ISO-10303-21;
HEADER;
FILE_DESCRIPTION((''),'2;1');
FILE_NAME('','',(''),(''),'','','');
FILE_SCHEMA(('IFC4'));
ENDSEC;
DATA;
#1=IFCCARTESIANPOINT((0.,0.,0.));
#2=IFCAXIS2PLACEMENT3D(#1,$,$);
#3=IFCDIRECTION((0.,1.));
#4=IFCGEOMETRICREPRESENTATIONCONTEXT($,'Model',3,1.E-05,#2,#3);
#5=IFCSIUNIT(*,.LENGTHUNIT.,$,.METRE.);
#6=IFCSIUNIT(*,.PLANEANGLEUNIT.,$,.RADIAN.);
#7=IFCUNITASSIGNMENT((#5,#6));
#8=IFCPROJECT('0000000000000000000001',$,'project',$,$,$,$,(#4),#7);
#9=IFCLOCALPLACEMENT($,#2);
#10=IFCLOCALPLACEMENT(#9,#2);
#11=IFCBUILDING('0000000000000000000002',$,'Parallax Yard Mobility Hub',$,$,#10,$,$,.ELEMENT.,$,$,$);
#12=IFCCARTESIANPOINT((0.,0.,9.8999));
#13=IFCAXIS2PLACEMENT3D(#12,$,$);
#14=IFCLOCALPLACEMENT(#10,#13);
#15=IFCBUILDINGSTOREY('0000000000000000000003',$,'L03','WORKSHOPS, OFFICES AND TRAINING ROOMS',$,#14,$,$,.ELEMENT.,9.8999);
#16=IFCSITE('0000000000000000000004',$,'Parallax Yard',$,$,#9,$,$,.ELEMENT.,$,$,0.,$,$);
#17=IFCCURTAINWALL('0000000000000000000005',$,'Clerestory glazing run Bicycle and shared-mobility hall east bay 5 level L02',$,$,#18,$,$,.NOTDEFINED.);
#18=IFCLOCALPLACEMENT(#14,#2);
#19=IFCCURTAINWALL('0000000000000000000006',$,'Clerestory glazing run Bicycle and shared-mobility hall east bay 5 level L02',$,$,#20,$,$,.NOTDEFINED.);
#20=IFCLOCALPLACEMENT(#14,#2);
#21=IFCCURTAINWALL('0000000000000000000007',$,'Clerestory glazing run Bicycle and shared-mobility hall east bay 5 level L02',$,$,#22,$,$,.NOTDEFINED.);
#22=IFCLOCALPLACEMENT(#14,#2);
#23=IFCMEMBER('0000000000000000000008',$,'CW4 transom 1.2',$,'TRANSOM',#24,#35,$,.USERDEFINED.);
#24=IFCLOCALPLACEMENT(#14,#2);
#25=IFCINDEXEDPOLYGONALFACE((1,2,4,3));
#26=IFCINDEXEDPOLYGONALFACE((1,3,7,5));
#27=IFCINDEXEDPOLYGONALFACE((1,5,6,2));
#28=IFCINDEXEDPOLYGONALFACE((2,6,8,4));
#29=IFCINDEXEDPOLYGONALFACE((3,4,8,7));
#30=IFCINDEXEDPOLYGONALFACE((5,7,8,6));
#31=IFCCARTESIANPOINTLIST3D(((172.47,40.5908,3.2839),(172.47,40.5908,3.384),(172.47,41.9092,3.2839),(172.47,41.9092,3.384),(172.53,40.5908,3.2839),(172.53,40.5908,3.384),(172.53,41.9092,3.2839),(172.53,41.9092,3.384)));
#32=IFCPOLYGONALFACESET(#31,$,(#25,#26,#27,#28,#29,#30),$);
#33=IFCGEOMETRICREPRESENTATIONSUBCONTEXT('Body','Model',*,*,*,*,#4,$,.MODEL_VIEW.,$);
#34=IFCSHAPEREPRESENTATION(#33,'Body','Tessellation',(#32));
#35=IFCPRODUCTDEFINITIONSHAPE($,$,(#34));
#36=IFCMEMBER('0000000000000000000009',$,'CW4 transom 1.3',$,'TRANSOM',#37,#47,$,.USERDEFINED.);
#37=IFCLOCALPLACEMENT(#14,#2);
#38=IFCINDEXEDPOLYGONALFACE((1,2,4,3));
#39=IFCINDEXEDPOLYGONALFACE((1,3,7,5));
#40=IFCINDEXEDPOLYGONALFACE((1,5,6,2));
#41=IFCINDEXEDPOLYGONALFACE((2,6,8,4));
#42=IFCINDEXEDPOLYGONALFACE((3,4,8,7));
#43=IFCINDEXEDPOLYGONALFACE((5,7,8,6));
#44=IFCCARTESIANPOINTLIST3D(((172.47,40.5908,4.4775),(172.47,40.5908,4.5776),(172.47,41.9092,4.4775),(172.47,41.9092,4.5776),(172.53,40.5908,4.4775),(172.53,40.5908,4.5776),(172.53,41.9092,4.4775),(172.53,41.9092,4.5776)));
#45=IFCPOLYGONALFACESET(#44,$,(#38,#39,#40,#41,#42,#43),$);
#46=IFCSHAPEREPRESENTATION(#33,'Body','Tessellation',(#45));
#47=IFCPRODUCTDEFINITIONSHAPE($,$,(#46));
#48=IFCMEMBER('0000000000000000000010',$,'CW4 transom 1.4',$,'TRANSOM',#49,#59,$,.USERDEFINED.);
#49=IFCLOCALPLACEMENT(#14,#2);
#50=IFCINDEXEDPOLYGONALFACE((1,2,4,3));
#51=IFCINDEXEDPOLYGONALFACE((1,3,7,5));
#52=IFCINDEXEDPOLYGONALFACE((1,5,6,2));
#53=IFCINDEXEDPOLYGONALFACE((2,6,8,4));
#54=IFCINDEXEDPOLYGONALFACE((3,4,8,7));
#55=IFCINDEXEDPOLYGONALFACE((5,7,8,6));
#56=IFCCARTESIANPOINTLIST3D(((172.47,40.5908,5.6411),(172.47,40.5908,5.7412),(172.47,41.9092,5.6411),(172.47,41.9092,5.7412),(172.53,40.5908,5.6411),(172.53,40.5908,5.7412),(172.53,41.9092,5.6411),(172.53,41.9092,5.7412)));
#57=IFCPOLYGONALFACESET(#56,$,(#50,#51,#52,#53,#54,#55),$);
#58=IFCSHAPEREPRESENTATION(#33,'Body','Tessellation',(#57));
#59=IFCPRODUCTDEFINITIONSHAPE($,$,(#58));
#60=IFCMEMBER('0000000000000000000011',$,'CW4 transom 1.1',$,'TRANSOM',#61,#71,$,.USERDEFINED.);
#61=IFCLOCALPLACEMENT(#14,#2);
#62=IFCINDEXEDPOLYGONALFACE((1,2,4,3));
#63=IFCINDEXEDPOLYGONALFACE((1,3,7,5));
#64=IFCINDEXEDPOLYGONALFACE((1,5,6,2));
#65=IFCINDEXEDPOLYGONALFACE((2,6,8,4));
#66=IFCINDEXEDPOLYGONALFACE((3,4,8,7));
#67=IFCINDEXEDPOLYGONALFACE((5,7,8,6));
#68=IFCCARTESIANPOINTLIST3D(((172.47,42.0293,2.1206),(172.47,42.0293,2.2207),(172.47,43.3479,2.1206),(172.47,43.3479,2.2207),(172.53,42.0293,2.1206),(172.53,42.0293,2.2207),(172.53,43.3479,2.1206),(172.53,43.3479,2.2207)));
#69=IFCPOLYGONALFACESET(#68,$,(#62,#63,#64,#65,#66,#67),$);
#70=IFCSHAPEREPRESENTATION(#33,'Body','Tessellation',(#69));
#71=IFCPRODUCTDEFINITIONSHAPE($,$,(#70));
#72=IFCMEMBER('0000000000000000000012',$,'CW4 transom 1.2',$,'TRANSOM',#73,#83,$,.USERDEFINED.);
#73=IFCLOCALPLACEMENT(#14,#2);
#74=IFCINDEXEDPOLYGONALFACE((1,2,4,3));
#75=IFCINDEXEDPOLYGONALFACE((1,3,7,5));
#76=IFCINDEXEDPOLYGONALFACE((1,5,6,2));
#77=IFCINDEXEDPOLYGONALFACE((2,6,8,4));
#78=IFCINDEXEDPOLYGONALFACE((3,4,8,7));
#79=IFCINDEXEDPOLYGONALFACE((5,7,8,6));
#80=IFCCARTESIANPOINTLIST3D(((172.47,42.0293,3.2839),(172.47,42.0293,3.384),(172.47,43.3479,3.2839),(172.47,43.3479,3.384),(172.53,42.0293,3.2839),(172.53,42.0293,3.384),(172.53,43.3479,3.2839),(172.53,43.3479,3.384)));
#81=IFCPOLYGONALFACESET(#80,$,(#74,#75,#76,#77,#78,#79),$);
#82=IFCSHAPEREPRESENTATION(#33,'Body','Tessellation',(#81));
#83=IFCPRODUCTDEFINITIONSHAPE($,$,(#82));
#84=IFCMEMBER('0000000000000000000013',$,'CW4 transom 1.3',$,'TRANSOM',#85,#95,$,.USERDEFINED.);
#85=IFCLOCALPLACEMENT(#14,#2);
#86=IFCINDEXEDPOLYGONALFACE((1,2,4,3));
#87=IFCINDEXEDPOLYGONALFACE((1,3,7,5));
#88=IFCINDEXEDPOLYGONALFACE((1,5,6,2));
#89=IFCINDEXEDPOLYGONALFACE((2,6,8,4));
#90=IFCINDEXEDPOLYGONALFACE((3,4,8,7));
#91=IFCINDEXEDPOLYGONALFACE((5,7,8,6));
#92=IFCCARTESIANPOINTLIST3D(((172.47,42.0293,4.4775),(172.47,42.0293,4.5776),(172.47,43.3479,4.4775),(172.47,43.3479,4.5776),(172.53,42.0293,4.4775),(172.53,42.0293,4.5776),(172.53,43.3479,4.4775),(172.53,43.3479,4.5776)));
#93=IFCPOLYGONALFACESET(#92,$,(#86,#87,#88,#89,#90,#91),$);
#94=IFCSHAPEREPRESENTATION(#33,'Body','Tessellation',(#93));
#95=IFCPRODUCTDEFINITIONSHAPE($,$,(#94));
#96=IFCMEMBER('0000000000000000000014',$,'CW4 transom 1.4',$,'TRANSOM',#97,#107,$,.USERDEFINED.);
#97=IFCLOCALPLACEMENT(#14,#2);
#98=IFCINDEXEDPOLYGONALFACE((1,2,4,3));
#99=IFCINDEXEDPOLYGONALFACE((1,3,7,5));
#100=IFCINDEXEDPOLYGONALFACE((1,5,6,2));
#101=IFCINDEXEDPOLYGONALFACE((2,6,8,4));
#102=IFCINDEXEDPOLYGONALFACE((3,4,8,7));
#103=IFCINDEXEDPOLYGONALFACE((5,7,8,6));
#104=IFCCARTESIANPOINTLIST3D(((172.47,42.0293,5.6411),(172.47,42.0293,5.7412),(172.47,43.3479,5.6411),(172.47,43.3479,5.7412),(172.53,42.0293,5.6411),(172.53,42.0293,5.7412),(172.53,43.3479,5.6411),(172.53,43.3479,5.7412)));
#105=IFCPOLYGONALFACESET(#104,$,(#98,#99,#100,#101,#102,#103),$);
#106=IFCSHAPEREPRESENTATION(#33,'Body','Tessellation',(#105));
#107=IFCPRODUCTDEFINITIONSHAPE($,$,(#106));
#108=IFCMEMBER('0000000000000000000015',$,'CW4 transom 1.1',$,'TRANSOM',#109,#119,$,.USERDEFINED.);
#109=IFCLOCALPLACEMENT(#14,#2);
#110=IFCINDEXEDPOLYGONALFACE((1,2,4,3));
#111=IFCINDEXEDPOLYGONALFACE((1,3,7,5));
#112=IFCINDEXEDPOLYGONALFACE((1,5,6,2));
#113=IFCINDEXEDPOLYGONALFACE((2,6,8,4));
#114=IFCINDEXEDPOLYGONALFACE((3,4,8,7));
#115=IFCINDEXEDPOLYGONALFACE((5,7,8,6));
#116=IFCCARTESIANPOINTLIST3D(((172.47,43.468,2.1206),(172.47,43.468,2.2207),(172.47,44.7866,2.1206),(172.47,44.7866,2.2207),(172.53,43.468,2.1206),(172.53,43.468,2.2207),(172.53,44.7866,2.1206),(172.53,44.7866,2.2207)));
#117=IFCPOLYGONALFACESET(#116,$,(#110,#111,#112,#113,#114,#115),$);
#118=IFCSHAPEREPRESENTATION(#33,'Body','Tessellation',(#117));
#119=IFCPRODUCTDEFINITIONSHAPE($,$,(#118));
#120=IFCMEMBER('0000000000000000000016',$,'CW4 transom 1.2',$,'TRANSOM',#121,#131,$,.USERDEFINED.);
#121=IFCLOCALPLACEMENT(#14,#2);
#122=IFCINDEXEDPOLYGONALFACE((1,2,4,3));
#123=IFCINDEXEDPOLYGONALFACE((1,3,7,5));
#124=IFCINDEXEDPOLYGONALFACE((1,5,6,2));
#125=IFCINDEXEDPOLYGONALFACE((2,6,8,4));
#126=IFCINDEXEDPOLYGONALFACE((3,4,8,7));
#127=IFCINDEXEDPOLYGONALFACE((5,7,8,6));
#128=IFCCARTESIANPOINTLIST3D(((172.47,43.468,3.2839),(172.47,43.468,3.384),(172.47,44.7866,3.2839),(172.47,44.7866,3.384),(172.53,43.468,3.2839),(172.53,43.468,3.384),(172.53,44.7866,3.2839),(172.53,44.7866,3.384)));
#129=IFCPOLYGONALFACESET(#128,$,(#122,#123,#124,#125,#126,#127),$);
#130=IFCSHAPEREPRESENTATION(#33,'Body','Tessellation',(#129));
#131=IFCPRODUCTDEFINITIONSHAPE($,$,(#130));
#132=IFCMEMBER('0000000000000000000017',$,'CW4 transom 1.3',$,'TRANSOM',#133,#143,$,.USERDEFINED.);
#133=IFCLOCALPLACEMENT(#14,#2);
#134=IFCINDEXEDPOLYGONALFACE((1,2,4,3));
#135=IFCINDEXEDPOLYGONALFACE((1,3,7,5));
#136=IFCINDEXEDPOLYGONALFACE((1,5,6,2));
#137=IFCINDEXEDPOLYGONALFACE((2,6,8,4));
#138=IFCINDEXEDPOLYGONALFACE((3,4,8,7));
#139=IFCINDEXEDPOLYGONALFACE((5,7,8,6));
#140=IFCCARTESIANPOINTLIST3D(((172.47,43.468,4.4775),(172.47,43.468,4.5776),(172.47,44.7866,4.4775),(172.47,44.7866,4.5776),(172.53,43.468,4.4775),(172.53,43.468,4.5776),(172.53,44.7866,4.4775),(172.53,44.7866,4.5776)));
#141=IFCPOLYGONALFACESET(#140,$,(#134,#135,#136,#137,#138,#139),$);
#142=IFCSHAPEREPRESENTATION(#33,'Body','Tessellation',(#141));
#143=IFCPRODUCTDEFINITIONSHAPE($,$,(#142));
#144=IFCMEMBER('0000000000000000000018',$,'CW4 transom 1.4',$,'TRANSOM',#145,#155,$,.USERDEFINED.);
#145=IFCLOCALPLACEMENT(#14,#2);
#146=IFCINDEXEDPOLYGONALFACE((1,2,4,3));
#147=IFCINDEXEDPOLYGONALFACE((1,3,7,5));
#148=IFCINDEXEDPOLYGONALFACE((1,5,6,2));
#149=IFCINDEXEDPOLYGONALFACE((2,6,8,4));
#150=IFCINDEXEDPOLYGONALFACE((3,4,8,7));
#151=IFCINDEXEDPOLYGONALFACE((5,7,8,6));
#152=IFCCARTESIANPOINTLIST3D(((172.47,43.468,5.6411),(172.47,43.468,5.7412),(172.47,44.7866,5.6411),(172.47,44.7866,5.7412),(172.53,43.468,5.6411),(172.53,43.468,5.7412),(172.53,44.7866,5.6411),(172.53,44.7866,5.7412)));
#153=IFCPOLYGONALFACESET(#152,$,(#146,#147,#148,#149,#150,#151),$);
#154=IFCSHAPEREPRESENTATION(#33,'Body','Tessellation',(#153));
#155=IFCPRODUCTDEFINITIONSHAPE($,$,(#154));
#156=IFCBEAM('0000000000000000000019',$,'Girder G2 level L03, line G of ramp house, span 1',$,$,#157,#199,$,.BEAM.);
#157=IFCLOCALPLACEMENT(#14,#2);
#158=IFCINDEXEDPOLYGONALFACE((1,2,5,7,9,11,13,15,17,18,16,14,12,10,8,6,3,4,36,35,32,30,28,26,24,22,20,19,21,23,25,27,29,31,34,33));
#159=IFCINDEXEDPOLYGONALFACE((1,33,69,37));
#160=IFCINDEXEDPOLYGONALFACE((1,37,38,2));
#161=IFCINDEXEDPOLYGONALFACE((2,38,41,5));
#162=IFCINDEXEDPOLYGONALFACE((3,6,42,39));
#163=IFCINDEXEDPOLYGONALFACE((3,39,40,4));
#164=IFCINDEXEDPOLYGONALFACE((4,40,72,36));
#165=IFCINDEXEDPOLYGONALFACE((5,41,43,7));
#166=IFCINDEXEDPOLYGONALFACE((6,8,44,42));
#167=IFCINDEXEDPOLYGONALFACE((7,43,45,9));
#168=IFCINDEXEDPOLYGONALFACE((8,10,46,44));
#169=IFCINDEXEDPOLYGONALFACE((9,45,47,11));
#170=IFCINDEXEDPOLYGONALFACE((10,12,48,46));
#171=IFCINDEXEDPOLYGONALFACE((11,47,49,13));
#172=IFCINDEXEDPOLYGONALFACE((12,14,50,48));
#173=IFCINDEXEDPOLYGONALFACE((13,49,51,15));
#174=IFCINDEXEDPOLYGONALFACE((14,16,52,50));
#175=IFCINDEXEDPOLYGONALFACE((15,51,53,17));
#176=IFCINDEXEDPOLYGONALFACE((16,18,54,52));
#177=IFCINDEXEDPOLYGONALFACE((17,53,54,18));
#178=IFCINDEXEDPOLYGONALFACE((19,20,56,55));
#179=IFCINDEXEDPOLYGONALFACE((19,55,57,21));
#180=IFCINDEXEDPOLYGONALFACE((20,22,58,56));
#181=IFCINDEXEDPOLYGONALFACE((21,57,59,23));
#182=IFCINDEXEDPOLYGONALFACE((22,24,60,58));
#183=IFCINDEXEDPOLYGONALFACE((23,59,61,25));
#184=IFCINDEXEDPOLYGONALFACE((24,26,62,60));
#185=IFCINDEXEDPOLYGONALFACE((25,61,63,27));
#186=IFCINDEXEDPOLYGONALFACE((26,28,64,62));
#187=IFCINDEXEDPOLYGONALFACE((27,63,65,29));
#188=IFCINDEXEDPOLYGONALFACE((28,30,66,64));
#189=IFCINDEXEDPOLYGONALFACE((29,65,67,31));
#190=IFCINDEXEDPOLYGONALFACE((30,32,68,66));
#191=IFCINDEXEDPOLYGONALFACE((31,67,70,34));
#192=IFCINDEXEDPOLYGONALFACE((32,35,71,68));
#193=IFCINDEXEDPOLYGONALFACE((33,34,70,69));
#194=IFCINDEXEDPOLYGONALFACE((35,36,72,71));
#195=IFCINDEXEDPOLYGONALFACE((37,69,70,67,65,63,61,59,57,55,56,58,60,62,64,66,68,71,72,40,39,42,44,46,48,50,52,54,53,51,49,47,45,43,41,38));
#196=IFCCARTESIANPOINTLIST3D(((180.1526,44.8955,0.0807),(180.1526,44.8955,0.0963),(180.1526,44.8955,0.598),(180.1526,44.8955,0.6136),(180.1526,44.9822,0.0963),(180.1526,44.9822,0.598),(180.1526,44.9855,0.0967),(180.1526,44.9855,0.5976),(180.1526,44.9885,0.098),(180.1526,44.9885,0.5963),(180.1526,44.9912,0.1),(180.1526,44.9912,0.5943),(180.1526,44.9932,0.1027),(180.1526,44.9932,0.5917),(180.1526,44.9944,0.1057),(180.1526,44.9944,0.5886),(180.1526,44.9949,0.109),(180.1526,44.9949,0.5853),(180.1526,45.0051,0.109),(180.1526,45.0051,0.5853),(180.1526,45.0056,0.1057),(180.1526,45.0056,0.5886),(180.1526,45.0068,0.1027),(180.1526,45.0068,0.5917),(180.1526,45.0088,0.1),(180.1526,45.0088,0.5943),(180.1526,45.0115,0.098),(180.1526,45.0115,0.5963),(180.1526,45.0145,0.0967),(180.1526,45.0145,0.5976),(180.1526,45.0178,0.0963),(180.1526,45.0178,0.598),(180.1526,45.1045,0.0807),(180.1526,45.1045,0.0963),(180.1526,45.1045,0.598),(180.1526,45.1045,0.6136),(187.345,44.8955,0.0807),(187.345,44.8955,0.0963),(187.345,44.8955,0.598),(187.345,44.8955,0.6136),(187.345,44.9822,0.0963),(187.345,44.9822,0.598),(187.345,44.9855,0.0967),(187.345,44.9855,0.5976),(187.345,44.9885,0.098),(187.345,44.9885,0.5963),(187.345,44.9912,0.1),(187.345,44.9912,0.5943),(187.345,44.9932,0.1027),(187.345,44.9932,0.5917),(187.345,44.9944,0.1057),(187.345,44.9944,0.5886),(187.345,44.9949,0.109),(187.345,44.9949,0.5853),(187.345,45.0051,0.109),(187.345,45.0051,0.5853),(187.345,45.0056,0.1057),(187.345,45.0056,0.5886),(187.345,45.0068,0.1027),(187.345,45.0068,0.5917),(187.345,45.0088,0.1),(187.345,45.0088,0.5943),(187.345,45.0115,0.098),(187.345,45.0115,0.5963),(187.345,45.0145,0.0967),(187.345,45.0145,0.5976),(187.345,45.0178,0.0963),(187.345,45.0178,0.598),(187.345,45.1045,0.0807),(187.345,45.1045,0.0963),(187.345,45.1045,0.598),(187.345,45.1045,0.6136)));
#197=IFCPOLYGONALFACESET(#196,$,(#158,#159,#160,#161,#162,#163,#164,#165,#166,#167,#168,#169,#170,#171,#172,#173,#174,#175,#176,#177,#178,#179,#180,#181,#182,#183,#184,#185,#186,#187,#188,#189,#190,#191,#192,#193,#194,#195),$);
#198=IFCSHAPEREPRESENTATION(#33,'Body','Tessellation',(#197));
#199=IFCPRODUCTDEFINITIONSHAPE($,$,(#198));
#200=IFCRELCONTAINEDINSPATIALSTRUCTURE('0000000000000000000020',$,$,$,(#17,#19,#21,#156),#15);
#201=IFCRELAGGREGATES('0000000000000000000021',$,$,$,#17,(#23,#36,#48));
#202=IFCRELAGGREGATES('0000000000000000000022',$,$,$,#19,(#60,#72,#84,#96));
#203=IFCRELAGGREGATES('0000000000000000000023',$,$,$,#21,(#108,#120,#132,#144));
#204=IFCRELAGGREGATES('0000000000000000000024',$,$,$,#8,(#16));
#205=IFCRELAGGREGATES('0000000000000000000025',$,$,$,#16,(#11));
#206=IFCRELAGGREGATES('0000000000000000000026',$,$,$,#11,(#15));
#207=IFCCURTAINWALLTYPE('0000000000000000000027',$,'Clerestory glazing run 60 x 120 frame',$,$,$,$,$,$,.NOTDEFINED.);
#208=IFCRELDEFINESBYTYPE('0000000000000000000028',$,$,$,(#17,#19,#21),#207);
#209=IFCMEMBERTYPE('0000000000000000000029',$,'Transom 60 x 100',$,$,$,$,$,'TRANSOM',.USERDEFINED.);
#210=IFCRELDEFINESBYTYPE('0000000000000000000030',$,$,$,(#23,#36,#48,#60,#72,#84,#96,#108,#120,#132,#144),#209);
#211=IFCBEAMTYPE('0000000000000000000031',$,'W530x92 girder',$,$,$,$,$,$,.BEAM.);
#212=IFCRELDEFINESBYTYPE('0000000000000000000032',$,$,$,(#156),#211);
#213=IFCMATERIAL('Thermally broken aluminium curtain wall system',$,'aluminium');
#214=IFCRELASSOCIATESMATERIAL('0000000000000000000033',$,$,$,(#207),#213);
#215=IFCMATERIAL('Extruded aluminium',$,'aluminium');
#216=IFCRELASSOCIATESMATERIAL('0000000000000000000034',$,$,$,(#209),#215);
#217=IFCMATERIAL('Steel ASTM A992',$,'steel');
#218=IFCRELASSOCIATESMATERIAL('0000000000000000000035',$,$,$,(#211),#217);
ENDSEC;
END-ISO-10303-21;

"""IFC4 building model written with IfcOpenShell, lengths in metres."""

from ifc_helpers import new_model, si_unit, direction, frame, origin, origin_2d, place, context, subcontext, project, spatial, rectangle, i_section, extrude, material, material_profile, profile_set, type_object, element, aggregate, save


model = new_model("IFC4")

# Units and contexts
model_context = context("Model", 3, precision=1e-05, world=origin(), true_north=direction((0.0, 1.0)))
body_context = subcontext(model_context, "Body", "Model", "MODEL_VIEW")
ifc_project = project(units=[si_unit("LENGTHUNIT", "METRE"), si_unit("PLANEANGLEUNIT", "RADIAN")], contexts=[model_context])

# Site, building, storey
site_placement = place(None, origin())
site = spatial("IfcSite", under=ifc_project, at=site_placement, Name="Parallax Yard", CompositionType="ELEMENT", RefElevation=0.0)
building_placement = place(site_placement, origin())
building = spatial("IfcBuilding", under=site, at=building_placement, Name="Parallax Yard Mobility Hub", CompositionType="ELEMENT")
storey_placement = place(building_placement, frame((0.0, 0.0, 9.8999)))
storey = spatial("IfcBuildingStorey", under=building, at=storey_placement, Name="L03", Description="WORKSHOPS, OFFICES AND TRAINING ROOMS", CompositionType="ELEMENT", Elevation=9.8999)

# Shared definitions
ifc_material_1 = material(Name="Steel ASTM A992", Category="steel")

# Curtain walls
ifc_material_2 = material(Name="Thermally broken aluminium curtain wall system", Category="aluminium")
curtain_wall_type = type_object("IfcCurtainWallType", Name="Clerestory glazing run 60 x 120 frame", PredefinedType="NOTDEFINED", material=ifc_material_2)
curtain_wall_1_placement = place(storey_placement, origin())
curtain_wall_1 = element("IfcCurtainWall", 1, at=curtain_wall_1_placement, inside=storey, type_object=curtain_wall_type, Name="Clerestory glazing run Bicycle and shared-mobility hall east bay 5 level L02", PredefinedType="NOTDEFINED")
ifc_material_3 = material(Name="Extruded aluminium", Category="aluminium")
curtain_wall_2_placement = place(storey_placement, origin())
curtain_wall_2 = element("IfcCurtainWall", 2, at=curtain_wall_2_placement, inside=storey, type_object=curtain_wall_type, Name="Clerestory glazing run Bicycle and shared-mobility hall east bay 5 level L02", PredefinedType="NOTDEFINED")
curtain_wall_3_placement = place(storey_placement, origin())
curtain_wall_3 = element("IfcCurtainWall", 3, at=curtain_wall_3_placement, inside=storey, type_object=curtain_wall_type, Name="Clerestory glazing run Bicycle and shared-mobility hall east bay 5 level L02", PredefinedType="NOTDEFINED")

# Members
ifc_material_profile_1 = material_profile(ifc_material_3, rectangle(XDim=0.0601, YDim=0.1001, at=origin_2d()), Name="Transom 60 x 100")
ifc_profile_set_1 = profile_set([ifc_material_profile_1], Name="Extruded aluminium")
member_type_1 = type_object("IfcMemberType", Name="Transom 60 x 100", ElementType="TRANSOM", PredefinedType="USERDEFINED", material=ifc_profile_set_1)
member_1_placement = place(storey_placement, frame((172.5, 40.5908, 3.334), z_axis=(0.0, 1.0, 0.0), x_axis=(-1.0, 0.0, 0.0)))
member_1 = element("IfcMember", 4, at=member_1_placement, type_object=member_type_1, Name="CW4 transom 1.2", ObjectType="TRANSOM", PredefinedType="USERDEFINED", context=body_context, shape_type="SweptSolid", body=[
    extrude(rectangle(XDim=0.0601, YDim=0.1001, at=origin_2d()), origin(), (0.0, 0.0, 1.0), 1.3184),
])
member_2_placement = place(storey_placement, frame((172.5, 40.5908, 4.5276), z_axis=(0.0, 1.0, 0.0), x_axis=(-1.0, 0.0, 0.0)))
member_2 = element("IfcMember", 5, at=member_2_placement, type_object=member_type_1, Name="CW4 transom 1.3", ObjectType="TRANSOM", PredefinedType="USERDEFINED", context=body_context, shape_type="SweptSolid", body=[
    extrude(rectangle(XDim=0.0601, YDim=0.1001, at=origin_2d()), origin(), (0.0, 0.0, 1.0), 1.3184),
])
member_3_placement = place(storey_placement, frame((172.5, 40.5908, 5.6912), z_axis=(0.0, 1.0, 0.0), x_axis=(-1.0, 0.0, 0.0)))
member_3 = element("IfcMember", 6, at=member_3_placement, type_object=member_type_1, Name="CW4 transom 1.4", ObjectType="TRANSOM", PredefinedType="USERDEFINED", context=body_context, shape_type="SweptSolid", body=[
    extrude(rectangle(XDim=0.0601, YDim=0.1001, at=origin_2d()), origin(), (0.0, 0.0, 1.0), 1.3184),
])
member_4_placement = place(storey_placement, frame((172.5, 42.0293, 2.1707), z_axis=(0.0, 1.0, 0.0), x_axis=(-1.0, 0.0, 0.0)))
member_4 = element("IfcMember", 7, at=member_4_placement, type_object=member_type_1, Name="CW4 transom 1.1", ObjectType="TRANSOM", PredefinedType="USERDEFINED", context=body_context, shape_type="SweptSolid", body=[
    extrude(rectangle(XDim=0.0601, YDim=0.1001, at=origin_2d()), origin(), (0.0, 0.0, 1.0), 1.3186),
])
member_5_placement = place(storey_placement, frame((172.5, 42.0293, 3.334), z_axis=(0.0, 1.0, 0.0), x_axis=(-1.0, 0.0, 0.0)))
member_5 = element("IfcMember", 8, at=member_5_placement, type_object=member_type_1, Name="CW4 transom 1.2", ObjectType="TRANSOM", PredefinedType="USERDEFINED", context=body_context, shape_type="SweptSolid", body=[
    extrude(rectangle(XDim=0.0601, YDim=0.1001, at=origin_2d()), origin(), (0.0, 0.0, 1.0), 1.3186),
])
member_6_placement = place(storey_placement, frame((172.5, 42.0293, 4.5276), z_axis=(0.0, 1.0, 0.0), x_axis=(-1.0, 0.0, 0.0)))
member_6 = element("IfcMember", 9, at=member_6_placement, type_object=member_type_1, Name="CW4 transom 1.3", ObjectType="TRANSOM", PredefinedType="USERDEFINED", context=body_context, shape_type="SweptSolid", body=[
    extrude(rectangle(XDim=0.0601, YDim=0.1001, at=origin_2d()), origin(), (0.0, 0.0, 1.0), 1.3186),
])
member_7_placement = place(storey_placement, frame((172.5, 42.0293, 5.6912), z_axis=(0.0, 1.0, 0.0), x_axis=(-1.0, 0.0, 0.0)))
member_7 = element("IfcMember", 10, at=member_7_placement, type_object=member_type_1, Name="CW4 transom 1.4", ObjectType="TRANSOM", PredefinedType="USERDEFINED", context=body_context, shape_type="SweptSolid", body=[
    extrude(rectangle(XDim=0.0601, YDim=0.1001, at=origin_2d()), origin(), (0.0, 0.0, 1.0), 1.3186),
])
member_8_placement = place(storey_placement, frame((172.5, 43.468, 2.1707), z_axis=(0.0, 1.0, 0.0), x_axis=(-1.0, 0.0, 0.0)))
member_8 = element("IfcMember", 11, at=member_8_placement, type_object=member_type_1, Name="CW4 transom 1.1", ObjectType="TRANSOM", PredefinedType="USERDEFINED", context=body_context, shape_type="SweptSolid", body=[
    extrude(rectangle(XDim=0.0601, YDim=0.1001, at=origin_2d()), origin(), (0.0, 0.0, 1.0), 1.3186),
])
member_9_placement = place(storey_placement, frame((172.5, 43.468, 3.334), z_axis=(0.0, 1.0, 0.0), x_axis=(-1.0, 0.0, 0.0)))
member_9 = element("IfcMember", 12, at=member_9_placement, type_object=member_type_1, Name="CW4 transom 1.2", ObjectType="TRANSOM", PredefinedType="USERDEFINED", context=body_context, shape_type="SweptSolid", body=[
    extrude(rectangle(XDim=0.0601, YDim=0.1001, at=origin_2d()), origin(), (0.0, 0.0, 1.0), 1.3186),
])
member_10_placement = place(storey_placement, frame((172.5, 43.468, 4.5276), z_axis=(0.0, 1.0, 0.0), x_axis=(-1.0, 0.0, 0.0)))
member_10 = element("IfcMember", 13, at=member_10_placement, type_object=member_type_1, Name="CW4 transom 1.3", ObjectType="TRANSOM", PredefinedType="USERDEFINED", context=body_context, shape_type="SweptSolid", body=[
    extrude(rectangle(XDim=0.0601, YDim=0.1001, at=origin_2d()), origin(), (0.0, 0.0, 1.0), 1.3186),
])
member_11_placement = place(storey_placement, frame((172.5, 43.468, 5.6912), z_axis=(0.0, 1.0, 0.0), x_axis=(-1.0, 0.0, 0.0)))
member_11 = element("IfcMember", 14, at=member_11_placement, type_object=member_type_1, Name="CW4 transom 1.4", ObjectType="TRANSOM", PredefinedType="USERDEFINED", context=body_context, shape_type="SweptSolid", body=[
    extrude(rectangle(XDim=0.0601, YDim=0.1001, at=origin_2d()), origin(), (0.0, 0.0, 1.0), 1.3186),
])

# Beam
ifc_material_profile_2 = material_profile(ifc_material_1, i_section(OverallWidth=0.209, OverallDepth=0.533, WebThickness=0.0103, FlangeThickness=0.0156, FilletRadius=0.0127, at=origin_2d()), Name="W530x92")
ifc_profile_set_2 = profile_set([ifc_material_profile_2], Name="Steel ASTM A992")
beam_type = type_object("IfcBeamType", Name="W530x92 girder", PredefinedType="BEAM", material=ifc_profile_set_2)
beam_placement = place(storey_placement, frame((180.1526, 45.0, 0.3472), z_axis=(1.0, 0.0, 0.0), x_axis=(0.0, 1.0, 0.0)))
element("IfcBeam", 15, at=beam_placement, inside=storey, type_object=beam_type, Name="Girder G2 level L03, line G of ramp house, span 1", PredefinedType="BEAM", context=body_context, shape_type="SweptSolid", body=[
    extrude(i_section(OverallWidth=0.209, OverallDepth=0.533, WebThickness=0.0103, FlangeThickness=0.0156, FilletRadius=0.0127, at=origin_2d()), origin(), (0.0, 0.0, 1.0), 7.1924),
])

aggregate(curtain_wall_1, [member_1, member_2, member_3])
aggregate(curtain_wall_2, [member_4, member_5, member_6, member_7])
aggregate(curtain_wall_3, [member_8, member_9, member_10, member_11])

save(model, "model.ifc")
